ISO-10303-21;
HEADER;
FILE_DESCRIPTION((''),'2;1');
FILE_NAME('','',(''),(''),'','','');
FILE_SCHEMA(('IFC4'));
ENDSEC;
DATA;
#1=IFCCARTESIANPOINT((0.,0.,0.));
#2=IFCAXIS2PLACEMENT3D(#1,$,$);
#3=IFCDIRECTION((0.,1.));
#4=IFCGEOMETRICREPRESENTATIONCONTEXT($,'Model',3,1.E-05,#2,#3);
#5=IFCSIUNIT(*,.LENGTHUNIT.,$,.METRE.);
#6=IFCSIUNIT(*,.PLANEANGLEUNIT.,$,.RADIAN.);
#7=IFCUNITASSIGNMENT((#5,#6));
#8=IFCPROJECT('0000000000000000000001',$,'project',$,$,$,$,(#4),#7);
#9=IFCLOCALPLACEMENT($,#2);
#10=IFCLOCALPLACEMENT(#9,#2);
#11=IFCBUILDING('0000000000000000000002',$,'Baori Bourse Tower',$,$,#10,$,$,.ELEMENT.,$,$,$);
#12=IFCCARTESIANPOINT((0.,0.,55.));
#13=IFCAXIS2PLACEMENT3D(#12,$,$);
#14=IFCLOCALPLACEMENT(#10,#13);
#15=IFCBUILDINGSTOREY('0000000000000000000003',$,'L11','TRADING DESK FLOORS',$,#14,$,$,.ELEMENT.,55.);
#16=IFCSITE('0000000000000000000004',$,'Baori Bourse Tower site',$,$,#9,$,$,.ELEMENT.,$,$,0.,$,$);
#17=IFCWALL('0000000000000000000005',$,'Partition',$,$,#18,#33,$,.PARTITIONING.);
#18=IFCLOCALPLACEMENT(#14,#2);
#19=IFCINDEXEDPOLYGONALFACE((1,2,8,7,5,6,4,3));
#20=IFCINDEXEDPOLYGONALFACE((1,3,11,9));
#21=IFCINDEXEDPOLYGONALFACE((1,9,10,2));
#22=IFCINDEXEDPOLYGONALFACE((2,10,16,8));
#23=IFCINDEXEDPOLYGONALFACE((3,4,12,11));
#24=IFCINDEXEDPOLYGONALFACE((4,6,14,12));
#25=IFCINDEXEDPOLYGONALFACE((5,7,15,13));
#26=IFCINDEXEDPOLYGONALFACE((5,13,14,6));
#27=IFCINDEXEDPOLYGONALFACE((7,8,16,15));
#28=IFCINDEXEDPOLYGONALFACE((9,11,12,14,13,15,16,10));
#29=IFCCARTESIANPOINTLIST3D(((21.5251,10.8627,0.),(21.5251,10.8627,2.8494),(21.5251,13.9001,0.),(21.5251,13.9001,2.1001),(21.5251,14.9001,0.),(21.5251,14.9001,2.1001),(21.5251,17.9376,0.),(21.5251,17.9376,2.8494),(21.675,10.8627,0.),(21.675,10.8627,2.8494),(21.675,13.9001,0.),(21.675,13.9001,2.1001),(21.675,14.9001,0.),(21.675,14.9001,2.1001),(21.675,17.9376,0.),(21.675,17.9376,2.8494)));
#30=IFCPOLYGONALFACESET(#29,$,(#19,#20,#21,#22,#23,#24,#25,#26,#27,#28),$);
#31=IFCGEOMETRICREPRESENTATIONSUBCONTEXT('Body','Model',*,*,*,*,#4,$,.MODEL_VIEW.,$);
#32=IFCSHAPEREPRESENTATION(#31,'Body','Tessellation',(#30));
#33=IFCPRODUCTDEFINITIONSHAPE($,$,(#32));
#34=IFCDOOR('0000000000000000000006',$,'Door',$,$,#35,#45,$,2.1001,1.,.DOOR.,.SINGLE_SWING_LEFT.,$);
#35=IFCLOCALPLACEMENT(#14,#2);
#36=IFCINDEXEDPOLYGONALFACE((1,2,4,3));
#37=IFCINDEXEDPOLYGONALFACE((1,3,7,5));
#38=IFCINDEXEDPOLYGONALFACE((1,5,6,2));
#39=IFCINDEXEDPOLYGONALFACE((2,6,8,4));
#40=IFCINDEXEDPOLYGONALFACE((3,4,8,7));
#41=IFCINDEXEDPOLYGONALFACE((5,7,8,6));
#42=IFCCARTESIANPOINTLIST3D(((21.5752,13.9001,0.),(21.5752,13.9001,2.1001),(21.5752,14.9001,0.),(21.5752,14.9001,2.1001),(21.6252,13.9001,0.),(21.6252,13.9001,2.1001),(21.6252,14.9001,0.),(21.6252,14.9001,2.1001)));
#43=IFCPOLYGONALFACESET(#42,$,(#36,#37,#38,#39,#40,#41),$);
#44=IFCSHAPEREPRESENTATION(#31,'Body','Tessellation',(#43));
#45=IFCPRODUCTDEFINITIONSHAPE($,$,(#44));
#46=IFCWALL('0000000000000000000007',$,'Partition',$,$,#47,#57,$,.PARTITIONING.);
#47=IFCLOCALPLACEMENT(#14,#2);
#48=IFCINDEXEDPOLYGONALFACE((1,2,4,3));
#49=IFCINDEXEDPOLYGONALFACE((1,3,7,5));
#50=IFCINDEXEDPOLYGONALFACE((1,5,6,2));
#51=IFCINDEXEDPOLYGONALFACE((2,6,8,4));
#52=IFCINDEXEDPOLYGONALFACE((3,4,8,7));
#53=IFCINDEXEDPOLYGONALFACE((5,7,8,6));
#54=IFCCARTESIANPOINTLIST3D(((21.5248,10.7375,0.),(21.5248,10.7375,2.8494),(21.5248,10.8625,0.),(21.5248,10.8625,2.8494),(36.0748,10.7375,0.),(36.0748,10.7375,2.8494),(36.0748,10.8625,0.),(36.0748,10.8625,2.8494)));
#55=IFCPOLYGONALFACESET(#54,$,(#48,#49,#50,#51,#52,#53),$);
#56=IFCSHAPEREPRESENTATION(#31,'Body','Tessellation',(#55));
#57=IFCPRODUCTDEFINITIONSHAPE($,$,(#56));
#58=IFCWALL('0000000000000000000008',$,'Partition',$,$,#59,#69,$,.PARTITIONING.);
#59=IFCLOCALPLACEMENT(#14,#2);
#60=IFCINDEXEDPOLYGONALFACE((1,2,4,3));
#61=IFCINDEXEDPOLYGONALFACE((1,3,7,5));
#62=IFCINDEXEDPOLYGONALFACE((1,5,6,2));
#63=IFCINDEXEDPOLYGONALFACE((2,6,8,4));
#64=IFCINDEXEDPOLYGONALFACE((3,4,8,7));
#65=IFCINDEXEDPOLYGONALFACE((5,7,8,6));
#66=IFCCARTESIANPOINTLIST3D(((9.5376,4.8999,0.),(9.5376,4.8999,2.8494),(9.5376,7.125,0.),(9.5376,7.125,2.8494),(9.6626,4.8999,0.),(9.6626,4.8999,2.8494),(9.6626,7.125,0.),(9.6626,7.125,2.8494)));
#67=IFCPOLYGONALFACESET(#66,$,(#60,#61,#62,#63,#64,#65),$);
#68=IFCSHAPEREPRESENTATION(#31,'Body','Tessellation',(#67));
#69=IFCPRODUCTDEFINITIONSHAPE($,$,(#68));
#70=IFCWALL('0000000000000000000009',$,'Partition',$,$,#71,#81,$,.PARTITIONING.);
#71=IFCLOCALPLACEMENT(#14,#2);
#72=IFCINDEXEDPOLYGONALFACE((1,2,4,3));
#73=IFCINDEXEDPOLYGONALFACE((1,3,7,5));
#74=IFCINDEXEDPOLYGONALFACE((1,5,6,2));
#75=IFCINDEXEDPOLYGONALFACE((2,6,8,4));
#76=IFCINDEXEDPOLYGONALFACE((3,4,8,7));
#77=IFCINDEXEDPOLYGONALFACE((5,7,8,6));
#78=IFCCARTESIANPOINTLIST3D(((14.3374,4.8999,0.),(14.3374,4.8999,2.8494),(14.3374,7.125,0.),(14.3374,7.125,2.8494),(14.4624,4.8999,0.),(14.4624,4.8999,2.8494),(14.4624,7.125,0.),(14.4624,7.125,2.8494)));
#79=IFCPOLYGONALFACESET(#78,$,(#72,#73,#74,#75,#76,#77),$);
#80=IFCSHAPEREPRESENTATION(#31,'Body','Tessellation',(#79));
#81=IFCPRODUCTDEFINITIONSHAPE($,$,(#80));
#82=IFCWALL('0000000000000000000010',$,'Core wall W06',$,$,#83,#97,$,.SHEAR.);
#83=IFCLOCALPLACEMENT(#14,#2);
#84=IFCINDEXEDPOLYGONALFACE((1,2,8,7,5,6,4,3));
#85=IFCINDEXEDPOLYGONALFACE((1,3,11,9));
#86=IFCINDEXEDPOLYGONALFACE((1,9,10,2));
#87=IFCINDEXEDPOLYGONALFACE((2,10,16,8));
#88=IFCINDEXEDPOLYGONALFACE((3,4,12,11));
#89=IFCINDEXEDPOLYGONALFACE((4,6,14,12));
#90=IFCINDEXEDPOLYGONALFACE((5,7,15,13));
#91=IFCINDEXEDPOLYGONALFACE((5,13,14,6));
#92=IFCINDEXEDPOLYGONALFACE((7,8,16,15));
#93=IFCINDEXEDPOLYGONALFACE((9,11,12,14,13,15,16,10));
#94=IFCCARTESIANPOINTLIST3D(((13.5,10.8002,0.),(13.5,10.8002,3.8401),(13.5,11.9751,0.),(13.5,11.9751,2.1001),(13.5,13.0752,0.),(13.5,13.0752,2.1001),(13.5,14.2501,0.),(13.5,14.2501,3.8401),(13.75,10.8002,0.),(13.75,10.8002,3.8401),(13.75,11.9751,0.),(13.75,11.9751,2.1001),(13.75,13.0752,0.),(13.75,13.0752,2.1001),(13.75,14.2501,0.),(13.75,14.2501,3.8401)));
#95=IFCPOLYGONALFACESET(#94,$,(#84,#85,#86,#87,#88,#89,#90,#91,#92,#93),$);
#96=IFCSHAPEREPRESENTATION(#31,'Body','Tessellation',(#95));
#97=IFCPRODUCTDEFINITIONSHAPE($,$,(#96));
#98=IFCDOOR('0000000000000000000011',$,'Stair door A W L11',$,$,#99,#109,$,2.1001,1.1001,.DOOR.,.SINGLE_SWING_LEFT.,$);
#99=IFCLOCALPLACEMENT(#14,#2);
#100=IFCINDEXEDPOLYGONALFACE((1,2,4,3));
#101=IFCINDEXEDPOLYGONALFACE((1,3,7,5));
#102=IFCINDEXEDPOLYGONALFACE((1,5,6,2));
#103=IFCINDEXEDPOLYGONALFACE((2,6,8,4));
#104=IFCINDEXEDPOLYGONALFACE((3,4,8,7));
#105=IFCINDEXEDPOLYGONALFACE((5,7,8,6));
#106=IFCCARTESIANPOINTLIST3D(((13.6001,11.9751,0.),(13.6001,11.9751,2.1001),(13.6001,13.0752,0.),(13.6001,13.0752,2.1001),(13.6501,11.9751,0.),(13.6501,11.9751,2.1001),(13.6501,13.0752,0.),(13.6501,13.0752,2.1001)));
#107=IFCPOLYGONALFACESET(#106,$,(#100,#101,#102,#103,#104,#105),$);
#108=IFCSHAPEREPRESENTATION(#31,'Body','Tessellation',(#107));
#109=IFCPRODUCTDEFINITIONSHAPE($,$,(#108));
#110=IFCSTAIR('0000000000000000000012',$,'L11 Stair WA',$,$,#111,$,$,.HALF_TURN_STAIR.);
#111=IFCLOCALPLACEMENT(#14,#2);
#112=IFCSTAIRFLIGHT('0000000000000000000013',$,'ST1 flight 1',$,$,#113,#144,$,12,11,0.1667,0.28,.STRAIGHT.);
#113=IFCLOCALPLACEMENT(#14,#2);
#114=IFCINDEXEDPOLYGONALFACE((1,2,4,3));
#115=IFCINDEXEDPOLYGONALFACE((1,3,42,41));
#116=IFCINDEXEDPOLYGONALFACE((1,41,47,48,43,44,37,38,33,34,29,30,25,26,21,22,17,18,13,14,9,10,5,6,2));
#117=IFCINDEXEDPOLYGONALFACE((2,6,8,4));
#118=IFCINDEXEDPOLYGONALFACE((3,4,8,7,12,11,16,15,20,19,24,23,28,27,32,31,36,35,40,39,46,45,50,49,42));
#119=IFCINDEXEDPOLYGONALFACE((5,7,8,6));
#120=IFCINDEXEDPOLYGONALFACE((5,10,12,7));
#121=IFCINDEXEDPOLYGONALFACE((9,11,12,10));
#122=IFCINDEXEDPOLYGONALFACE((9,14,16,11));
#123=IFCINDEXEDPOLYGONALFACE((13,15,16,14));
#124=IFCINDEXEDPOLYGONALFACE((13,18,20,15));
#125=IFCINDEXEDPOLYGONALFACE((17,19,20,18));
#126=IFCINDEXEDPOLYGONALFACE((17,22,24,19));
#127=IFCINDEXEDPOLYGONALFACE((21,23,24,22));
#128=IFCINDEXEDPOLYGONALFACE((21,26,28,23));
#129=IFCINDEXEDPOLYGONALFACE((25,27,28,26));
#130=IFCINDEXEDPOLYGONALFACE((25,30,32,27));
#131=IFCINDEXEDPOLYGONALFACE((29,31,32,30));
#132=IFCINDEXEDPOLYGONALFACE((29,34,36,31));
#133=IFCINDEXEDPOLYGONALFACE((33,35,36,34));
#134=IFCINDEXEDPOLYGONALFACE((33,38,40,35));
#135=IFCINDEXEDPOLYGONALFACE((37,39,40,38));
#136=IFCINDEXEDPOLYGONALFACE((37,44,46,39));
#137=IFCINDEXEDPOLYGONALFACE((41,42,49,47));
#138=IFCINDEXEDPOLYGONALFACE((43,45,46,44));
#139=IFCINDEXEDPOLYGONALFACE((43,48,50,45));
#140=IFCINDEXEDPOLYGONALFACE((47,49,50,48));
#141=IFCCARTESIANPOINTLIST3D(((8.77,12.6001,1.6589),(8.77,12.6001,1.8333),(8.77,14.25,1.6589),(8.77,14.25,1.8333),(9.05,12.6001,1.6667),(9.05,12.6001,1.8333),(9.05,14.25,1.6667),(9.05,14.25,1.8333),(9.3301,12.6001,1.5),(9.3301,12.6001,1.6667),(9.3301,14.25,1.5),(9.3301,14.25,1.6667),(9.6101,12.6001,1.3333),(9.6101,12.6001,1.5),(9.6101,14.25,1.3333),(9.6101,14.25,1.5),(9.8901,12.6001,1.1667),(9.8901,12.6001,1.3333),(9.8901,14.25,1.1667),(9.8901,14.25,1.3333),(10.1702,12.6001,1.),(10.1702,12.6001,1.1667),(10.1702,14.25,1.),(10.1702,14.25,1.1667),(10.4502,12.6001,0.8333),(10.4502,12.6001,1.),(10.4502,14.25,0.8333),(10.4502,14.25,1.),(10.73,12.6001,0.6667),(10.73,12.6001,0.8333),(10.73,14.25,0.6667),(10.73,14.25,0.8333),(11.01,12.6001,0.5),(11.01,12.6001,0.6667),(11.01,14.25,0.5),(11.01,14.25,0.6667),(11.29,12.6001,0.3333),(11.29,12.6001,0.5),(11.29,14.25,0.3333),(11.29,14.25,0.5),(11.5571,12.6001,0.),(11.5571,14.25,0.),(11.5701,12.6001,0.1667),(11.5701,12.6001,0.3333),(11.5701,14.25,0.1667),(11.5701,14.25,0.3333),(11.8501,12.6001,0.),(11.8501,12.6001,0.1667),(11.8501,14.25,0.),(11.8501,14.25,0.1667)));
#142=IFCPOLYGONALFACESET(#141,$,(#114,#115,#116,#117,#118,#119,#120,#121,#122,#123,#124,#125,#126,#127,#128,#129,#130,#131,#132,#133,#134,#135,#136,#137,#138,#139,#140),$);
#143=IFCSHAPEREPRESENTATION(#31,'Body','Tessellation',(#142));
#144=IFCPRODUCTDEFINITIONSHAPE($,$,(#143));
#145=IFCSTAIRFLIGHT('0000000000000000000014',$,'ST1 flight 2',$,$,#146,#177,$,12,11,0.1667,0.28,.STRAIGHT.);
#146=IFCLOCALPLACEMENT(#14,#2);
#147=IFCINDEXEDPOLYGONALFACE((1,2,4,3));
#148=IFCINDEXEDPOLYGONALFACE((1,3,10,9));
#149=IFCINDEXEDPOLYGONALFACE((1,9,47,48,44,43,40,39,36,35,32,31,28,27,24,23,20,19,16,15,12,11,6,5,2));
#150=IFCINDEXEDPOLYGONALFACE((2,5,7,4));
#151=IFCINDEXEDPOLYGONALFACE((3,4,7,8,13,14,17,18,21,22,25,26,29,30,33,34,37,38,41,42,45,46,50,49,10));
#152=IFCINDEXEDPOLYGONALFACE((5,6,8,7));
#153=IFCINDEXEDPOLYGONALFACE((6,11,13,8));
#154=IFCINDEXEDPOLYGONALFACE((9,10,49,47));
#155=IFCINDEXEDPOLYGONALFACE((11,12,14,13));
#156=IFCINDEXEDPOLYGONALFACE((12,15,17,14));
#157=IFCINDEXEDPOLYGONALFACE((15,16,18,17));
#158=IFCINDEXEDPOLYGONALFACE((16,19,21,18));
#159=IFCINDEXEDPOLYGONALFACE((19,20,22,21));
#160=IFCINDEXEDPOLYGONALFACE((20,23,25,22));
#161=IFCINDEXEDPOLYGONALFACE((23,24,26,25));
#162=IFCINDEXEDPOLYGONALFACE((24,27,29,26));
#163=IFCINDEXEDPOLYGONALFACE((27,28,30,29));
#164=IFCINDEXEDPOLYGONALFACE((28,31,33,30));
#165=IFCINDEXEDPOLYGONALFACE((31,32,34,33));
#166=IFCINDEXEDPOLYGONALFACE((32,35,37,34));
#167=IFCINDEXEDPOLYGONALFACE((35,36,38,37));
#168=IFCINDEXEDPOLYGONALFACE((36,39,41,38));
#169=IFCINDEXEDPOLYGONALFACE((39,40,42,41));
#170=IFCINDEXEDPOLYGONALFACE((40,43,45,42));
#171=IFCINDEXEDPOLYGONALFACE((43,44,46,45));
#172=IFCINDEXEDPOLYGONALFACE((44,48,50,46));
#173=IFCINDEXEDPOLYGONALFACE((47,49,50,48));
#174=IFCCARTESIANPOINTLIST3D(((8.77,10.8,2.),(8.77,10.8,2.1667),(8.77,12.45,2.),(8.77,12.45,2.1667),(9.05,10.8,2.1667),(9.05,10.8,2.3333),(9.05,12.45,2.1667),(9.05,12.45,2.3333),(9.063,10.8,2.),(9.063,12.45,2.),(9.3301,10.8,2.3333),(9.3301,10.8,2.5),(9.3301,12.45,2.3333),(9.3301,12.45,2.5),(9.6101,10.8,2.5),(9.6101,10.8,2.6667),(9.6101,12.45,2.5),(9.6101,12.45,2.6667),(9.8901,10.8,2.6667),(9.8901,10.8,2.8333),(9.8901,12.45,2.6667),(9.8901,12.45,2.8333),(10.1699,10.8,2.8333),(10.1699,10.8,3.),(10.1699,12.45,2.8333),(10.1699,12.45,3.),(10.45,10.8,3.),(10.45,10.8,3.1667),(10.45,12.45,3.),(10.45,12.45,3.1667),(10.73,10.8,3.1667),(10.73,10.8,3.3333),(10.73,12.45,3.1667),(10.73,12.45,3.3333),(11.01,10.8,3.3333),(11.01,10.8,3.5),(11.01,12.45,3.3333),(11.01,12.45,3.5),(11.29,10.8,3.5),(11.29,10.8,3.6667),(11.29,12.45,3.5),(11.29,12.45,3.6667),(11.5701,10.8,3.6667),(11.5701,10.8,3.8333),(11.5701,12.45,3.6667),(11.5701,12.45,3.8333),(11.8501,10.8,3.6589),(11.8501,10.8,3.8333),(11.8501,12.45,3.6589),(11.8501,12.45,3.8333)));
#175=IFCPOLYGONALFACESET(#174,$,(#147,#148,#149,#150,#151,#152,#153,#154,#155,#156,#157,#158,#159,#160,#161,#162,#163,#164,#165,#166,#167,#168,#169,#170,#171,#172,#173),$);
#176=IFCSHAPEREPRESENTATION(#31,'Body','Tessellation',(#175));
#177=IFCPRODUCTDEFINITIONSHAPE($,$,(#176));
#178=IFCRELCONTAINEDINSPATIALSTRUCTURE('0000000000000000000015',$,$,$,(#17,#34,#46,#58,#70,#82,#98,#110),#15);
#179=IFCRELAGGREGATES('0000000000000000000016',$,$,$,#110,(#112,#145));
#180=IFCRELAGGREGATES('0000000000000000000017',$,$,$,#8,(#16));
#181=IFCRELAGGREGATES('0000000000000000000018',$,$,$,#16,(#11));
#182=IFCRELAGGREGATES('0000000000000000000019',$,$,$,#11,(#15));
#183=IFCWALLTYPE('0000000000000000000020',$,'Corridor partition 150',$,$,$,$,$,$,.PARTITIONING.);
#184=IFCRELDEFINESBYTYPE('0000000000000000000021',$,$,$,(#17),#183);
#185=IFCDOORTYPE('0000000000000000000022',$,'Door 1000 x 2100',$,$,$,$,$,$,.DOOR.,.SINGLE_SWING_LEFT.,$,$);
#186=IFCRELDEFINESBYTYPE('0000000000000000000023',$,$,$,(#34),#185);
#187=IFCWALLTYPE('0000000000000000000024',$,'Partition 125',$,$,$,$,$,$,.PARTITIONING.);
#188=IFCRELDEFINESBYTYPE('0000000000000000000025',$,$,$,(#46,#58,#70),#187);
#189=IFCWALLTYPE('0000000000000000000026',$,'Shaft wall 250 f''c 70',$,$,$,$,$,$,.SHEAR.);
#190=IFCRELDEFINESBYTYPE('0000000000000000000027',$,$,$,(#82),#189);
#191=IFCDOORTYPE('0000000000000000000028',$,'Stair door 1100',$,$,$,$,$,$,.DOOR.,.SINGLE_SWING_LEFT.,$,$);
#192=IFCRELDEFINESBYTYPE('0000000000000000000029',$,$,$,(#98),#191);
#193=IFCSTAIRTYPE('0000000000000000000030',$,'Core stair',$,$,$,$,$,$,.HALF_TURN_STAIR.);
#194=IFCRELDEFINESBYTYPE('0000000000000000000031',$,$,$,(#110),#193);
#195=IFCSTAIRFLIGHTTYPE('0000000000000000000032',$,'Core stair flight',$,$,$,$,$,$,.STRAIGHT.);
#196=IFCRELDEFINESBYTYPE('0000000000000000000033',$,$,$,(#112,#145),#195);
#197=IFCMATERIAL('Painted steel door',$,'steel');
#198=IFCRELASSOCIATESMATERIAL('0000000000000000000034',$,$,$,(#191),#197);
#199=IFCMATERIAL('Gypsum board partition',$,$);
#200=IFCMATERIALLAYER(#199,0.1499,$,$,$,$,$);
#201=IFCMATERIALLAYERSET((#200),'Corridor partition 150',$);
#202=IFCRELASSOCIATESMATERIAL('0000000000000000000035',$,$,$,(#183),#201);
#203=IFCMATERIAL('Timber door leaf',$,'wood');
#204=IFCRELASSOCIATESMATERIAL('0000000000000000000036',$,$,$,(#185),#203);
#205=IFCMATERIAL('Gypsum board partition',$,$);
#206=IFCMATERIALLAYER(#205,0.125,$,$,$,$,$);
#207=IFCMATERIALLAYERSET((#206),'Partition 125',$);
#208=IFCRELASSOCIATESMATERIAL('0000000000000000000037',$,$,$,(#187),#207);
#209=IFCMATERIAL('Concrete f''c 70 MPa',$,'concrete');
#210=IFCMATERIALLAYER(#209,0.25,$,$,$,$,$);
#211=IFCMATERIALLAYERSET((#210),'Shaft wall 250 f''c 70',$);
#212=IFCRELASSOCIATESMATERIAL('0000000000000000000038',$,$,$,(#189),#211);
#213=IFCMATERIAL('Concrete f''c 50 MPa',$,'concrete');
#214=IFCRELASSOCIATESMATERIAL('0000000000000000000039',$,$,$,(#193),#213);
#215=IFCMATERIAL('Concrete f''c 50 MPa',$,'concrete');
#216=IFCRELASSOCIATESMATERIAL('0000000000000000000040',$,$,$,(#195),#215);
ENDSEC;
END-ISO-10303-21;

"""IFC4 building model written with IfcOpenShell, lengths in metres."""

from ifc_helpers import new_model, si_unit, direction, frame, frame_2d, origin, place, context, subcontext, project, spatial, polyline, rectangle, outline, extrude, material, layer, layer_set, type_object, element, fill, aggregate, save


model = new_model("IFC4")

# Units and contexts
model_context = context("Model", 3, precision=1e-05, world=origin(), true_north=direction((0.0, 1.0)))
body_context = subcontext(model_context, "Body", "Model", "MODEL_VIEW")
ifc_project = project(units=[si_unit("LENGTHUNIT", "METRE"), si_unit("PLANEANGLEUNIT", "RADIAN")], contexts=[model_context])

# Site, building, storey
site_placement = place(None, origin())
site = spatial("IfcSite", under=ifc_project, at=site_placement, Name="Baori Bourse Tower site", CompositionType="ELEMENT", RefElevation=0.0)
building_placement = place(site_placement, origin())
building = spatial("IfcBuilding", under=site, at=building_placement, Name="Baori Bourse Tower", CompositionType="ELEMENT")
storey_placement = place(building_placement, frame((0.0, 0.0, 55.0)))
storey = spatial("IfcBuildingStorey", under=building, at=storey_placement, Name="L11", Description="TRADING DESK FLOORS", CompositionType="ELEMENT", Elevation=55.0)

# Shared definitions
ifc_material_1 = material(Name="Painted steel door", Category="steel")
door_type_1 = type_object("IfcDoorType", Name="Stair door 1100", OperationType="SINGLE_SWING_LEFT", PredefinedType="DOOR", material=ifc_material_1)

# Shared definitions
ifc_material_2 = material(Name="Gypsum board partition")
ifc_layer_1 = layer(ifc_material_2, 0.1499)
ifc_layer_set_1 = layer_set([ifc_layer_1], Name="Corridor partition 150")
wall_type_1 = type_object("IfcWallType", Name="Corridor partition 150", PredefinedType="PARTITIONING", material=ifc_layer_set_1)
ifc_material_3 = material(Name="Timber door leaf", Category="wood")
door_type_2 = type_object("IfcDoorType", Name="Door 1000 x 2100", OperationType="SINGLE_SWING_LEFT", PredefinedType="DOOR", material=ifc_material_3)

# Wall, opening, door
wall_1_placement = place(storey_placement, frame((21.6001, 10.8625, 0.0), z_axis=(0.0, 0.0, 1.0), x_axis=(0.0, 1.0, 0.0)))
wall_1 = element("IfcWall", 1, at=wall_1_placement, inside=storey, type_object=wall_type_1, Name="Partition", PredefinedType="PARTITIONING", context=body_context, shape_type="SweptSolid", body=[
    extrude(rectangle(XDim=7.075, YDim=0.1499, at=frame_2d((3.5376, 0.0))), origin(), (0.0, 0.0, 1.0), 2.8494),
])
opening_1_placement = place(wall_1_placement, frame((3.0376, 0.0, 0.0)))
opening_1 = element("IfcOpeningElement", 2, at=opening_1_placement, cuts=wall_1, PredefinedType="OPENING", context=body_context, shape_type="SweptSolid", body=[
    extrude(rectangle(XDim=1.0, YDim=2.1001, at=frame_2d((0.5, 1.05))), frame((0.0, 0.085, 0.0), z_axis=(0.0, -1.0, 0.0), x_axis=(1.0, 0.0, 0.0)), (0.0, 0.0, 1.0), 0.1699),
])
door_1_placement = place(opening_1_placement, origin())
door_1 = element("IfcDoor", 3, at=door_1_placement, inside=storey, type_object=door_type_2, Name="Door", OperationType="SINGLE_SWING_LEFT", OverallHeight=2.1001, OverallWidth=1.0, PredefinedType="DOOR", context=body_context, shape_type="SweptSolid", body=[
    extrude(rectangle(XDim=1.0, YDim=2.1001, at=frame_2d((0.5, 1.05))), frame((0.0, 0.0249, 0.0), z_axis=(0.0, -1.0, 0.0), x_axis=(1.0, 0.0, 0.0)), (0.0, 0.0, 1.0), 0.05),
])
fill(opening_1, door_1)

# Walls
ifc_material_4 = material(Name="Gypsum board partition")
ifc_layer_2 = layer(ifc_material_4, 0.125)
ifc_layer_set_2 = layer_set([ifc_layer_2], Name="Partition 125")
wall_type_2 = type_object("IfcWallType", Name="Partition 125", PredefinedType="PARTITIONING", material=ifc_layer_set_2)
wall_2_placement = place(storey_placement, frame((21.5249, 10.8, 0.0), z_axis=(0.0, 0.0, 1.0), x_axis=(1.0, 0.0, 0.0)))
element("IfcWall", 4, at=wall_2_placement, inside=storey, type_object=wall_type_2, Name="Partition", PredefinedType="PARTITIONING", context=body_context, shape_type="SweptSolid", body=[
    extrude(rectangle(XDim=14.55, YDim=0.125, at=frame_2d((7.2749, 0.0))), origin(), (0.0, 0.0, 1.0), 2.8494),
])
for number, where, z_axis, x_axis, name in (
    (5, (9.6001, 4.8999, 0.0), (0.0, 0.0, 1.0), (0.0, 1.0, 0.0), "Partition"),
    (6, (14.3999, 4.8999, 0.0), (0.0, 0.0, 1.0), (0.0, 1.0, 0.0), "Partition"),
):
    element("IfcWall", number, at=place(storey_placement, frame(where, z_axis=z_axis, x_axis=x_axis)), inside=storey, type_object=wall_type_2, Name=name, PredefinedType="PARTITIONING", context=body_context, shape_type="SweptSolid", body=[
        extrude(rectangle(XDim=2.2251, YDim=0.125, at=frame_2d((1.1125, 0.0))), origin(), (0.0, 0.0, 1.0), 2.8494),
    ])

# Wall, opening, door
ifc_material_5 = material(Name="Concrete f'c 70 MPa", Category="concrete")
ifc_layer_3 = layer(ifc_material_5, 0.25)
ifc_layer_set_3 = layer_set([ifc_layer_3], Name="Shaft wall 250 f'c 70")
wall_type_3 = type_object("IfcWallType", Name="Shaft wall 250 f'c 70", PredefinedType="SHEAR", material=ifc_layer_set_3)
wall_3_placement = place(storey_placement, frame((13.625, 10.8, 0.0), z_axis=(0.0, 0.0, 1.0), x_axis=(0.0, 1.0, 0.0)))
wall_3 = element("IfcWall", 7, at=wall_3_placement, inside=storey, type_object=wall_type_3, Name="Core wall W06", PredefinedType="SHEAR", context=body_context, shape_type="SweptSolid", body=[
    extrude(rectangle(XDim=3.45, YDim=0.25, at=frame_2d((1.7251, 0.0))), origin(), (0.0, 0.0, 1.0), 3.8401),
])
opening_2_placement = place(wall_3_placement, frame((1.175, 0.0, 0.0)))
opening_2 = element("IfcOpeningElement", 8, at=opening_2_placement, cuts=wall_3, PredefinedType="OPENING", context=body_context, shape_type="SweptSolid", body=[
    extrude(rectangle(XDim=1.1001, YDim=2.1001, at=frame_2d((0.55, 1.05))), frame((0.0, 0.135, 0.0), z_axis=(0.0, -1.0, 0.0), x_axis=(1.0, 0.0, 0.0)), (0.0, 0.0, 1.0), 0.27),
])
door_2_placement = place(opening_2_placement, origin())
door_2 = element("IfcDoor", 9, at=door_2_placement, inside=storey, type_object=door_type_1, Name="Stair door A W L11", OperationType="SINGLE_SWING_LEFT", OverallHeight=2.1001, OverallWidth=1.1001, PredefinedType="DOOR", context=body_context, shape_type="SweptSolid", body=[
    extrude(rectangle(XDim=1.1001, YDim=2.1001, at=frame_2d((0.55, 1.05))), frame((0.0, 0.0249, 0.0), z_axis=(0.0, -1.0, 0.0), x_axis=(1.0, 0.0, 0.0)), (0.0, 0.0, 1.0), 0.05),
])
fill(opening_2, door_2)

# Stair, stair flights
ifc_material_6 = material(Name="Concrete f'c 50 MPa", Category="concrete")
stair_type = type_object("IfcStairType", Name="Core stair", PredefinedType="HALF_TURN_STAIR", material=ifc_material_6)
stair_placement = place(storey_placement, origin())
stair = element("IfcStair", 10, at=stair_placement, inside=storey, type_object=stair_type, Name="L11 Stair WA", PredefinedType="HALF_TURN_STAIR")
ifc_material_7 = material(Name="Concrete f'c 50 MPa", Category="concrete")
stair_flight_type = type_object("IfcStairFlightType", Name="Core stair flight", PredefinedType="STRAIGHT", material=ifc_material_7)
stair_flight_1_placement = place(storey_placement, frame((11.8501, 13.425, 0.0), z_axis=(0.0, 0.0, 1.0), x_axis=(-1.0, 0.0, 0.0)))
stair_flight_1 = element("IfcStairFlight", 11, at=stair_flight_1_placement, type_object=stair_flight_type, Name="ST1 flight 1", NumberOfRisers=12, NumberOfTreads=11, PredefinedType="STRAIGHT", RiserHeight=0.1667, TreadLength=0.28, context=body_context, shape_type="SweptSolid", body=[
    extrude(outline(polyline([(0.0, 0.0), (0.0, 0.1667), (0.28, 0.1667), (0.28, 0.3333), (0.5601, 0.3333), (0.5601, 0.5), (0.8401, 0.5), (0.8401, 0.6667), (1.1201, 0.6667), (1.1201, 0.8333), (1.3999, 0.8333), (1.3999, 1.0), (1.6799, 1.0), (1.6799, 1.1667), (1.96, 1.1667), (1.96, 1.3333), (2.24, 1.3333), (2.24, 1.5), (2.52, 1.5), (2.52, 1.6667), (2.8, 1.6667), (2.8, 1.8333), (3.0801, 1.8333), (3.0801, 2.0), (3.0801, 1.6589), (0.293, 0.0), (0.0, 0.0)])), frame((0.0, 0.825, 0.0), z_axis=(0.0, -1.0, 0.0), x_axis=(1.0, 0.0, 0.0)), (0.0, 0.0, 1.0), 1.6499),
])
stair_flight_2_placement = place(storey_placement, frame((8.77, 11.625, 2.0), z_axis=(0.0, 0.0, 1.0), x_axis=(1.0, 0.0, 0.0)))
stair_flight_2 = element("IfcStairFlight", 12, at=stair_flight_2_placement, type_object=stair_flight_type, Name="ST1 flight 2", NumberOfRisers=12, NumberOfTreads=11, PredefinedType="STRAIGHT", RiserHeight=0.1667, TreadLength=0.28, context=body_context, shape_type="SweptSolid", body=[
    extrude(outline(polyline([(0.0, 0.0), (0.0, 0.1667), (0.28, 0.1667), (0.28, 0.3333), (0.5601, 0.3333), (0.5601, 0.5), (0.8401, 0.5), (0.8401, 0.6667), (1.1201, 0.6667), (1.1201, 0.8333), (1.3999, 0.8333), (1.3999, 1.0), (1.6799, 1.0), (1.6799, 1.1667), (1.96, 1.1667), (1.96, 1.3333), (2.24, 1.3333), (2.24, 1.5), (2.52, 1.5), (2.52, 1.6667), (2.8, 1.6667), (2.8, 1.8333), (3.0801, 1.8333), (3.0801, 2.0), (3.0801, 1.6589), (0.293, 0.0), (0.0, 0.0)])), frame((0.0, 0.825, 0.0), z_axis=(0.0, -1.0, 0.0), x_axis=(1.0, 0.0, 0.0)), (0.0, 0.0, 1.0), 1.6499),
])
aggregate(stair, [stair_flight_1, stair_flight_2])

save(model, "model.ifc")
